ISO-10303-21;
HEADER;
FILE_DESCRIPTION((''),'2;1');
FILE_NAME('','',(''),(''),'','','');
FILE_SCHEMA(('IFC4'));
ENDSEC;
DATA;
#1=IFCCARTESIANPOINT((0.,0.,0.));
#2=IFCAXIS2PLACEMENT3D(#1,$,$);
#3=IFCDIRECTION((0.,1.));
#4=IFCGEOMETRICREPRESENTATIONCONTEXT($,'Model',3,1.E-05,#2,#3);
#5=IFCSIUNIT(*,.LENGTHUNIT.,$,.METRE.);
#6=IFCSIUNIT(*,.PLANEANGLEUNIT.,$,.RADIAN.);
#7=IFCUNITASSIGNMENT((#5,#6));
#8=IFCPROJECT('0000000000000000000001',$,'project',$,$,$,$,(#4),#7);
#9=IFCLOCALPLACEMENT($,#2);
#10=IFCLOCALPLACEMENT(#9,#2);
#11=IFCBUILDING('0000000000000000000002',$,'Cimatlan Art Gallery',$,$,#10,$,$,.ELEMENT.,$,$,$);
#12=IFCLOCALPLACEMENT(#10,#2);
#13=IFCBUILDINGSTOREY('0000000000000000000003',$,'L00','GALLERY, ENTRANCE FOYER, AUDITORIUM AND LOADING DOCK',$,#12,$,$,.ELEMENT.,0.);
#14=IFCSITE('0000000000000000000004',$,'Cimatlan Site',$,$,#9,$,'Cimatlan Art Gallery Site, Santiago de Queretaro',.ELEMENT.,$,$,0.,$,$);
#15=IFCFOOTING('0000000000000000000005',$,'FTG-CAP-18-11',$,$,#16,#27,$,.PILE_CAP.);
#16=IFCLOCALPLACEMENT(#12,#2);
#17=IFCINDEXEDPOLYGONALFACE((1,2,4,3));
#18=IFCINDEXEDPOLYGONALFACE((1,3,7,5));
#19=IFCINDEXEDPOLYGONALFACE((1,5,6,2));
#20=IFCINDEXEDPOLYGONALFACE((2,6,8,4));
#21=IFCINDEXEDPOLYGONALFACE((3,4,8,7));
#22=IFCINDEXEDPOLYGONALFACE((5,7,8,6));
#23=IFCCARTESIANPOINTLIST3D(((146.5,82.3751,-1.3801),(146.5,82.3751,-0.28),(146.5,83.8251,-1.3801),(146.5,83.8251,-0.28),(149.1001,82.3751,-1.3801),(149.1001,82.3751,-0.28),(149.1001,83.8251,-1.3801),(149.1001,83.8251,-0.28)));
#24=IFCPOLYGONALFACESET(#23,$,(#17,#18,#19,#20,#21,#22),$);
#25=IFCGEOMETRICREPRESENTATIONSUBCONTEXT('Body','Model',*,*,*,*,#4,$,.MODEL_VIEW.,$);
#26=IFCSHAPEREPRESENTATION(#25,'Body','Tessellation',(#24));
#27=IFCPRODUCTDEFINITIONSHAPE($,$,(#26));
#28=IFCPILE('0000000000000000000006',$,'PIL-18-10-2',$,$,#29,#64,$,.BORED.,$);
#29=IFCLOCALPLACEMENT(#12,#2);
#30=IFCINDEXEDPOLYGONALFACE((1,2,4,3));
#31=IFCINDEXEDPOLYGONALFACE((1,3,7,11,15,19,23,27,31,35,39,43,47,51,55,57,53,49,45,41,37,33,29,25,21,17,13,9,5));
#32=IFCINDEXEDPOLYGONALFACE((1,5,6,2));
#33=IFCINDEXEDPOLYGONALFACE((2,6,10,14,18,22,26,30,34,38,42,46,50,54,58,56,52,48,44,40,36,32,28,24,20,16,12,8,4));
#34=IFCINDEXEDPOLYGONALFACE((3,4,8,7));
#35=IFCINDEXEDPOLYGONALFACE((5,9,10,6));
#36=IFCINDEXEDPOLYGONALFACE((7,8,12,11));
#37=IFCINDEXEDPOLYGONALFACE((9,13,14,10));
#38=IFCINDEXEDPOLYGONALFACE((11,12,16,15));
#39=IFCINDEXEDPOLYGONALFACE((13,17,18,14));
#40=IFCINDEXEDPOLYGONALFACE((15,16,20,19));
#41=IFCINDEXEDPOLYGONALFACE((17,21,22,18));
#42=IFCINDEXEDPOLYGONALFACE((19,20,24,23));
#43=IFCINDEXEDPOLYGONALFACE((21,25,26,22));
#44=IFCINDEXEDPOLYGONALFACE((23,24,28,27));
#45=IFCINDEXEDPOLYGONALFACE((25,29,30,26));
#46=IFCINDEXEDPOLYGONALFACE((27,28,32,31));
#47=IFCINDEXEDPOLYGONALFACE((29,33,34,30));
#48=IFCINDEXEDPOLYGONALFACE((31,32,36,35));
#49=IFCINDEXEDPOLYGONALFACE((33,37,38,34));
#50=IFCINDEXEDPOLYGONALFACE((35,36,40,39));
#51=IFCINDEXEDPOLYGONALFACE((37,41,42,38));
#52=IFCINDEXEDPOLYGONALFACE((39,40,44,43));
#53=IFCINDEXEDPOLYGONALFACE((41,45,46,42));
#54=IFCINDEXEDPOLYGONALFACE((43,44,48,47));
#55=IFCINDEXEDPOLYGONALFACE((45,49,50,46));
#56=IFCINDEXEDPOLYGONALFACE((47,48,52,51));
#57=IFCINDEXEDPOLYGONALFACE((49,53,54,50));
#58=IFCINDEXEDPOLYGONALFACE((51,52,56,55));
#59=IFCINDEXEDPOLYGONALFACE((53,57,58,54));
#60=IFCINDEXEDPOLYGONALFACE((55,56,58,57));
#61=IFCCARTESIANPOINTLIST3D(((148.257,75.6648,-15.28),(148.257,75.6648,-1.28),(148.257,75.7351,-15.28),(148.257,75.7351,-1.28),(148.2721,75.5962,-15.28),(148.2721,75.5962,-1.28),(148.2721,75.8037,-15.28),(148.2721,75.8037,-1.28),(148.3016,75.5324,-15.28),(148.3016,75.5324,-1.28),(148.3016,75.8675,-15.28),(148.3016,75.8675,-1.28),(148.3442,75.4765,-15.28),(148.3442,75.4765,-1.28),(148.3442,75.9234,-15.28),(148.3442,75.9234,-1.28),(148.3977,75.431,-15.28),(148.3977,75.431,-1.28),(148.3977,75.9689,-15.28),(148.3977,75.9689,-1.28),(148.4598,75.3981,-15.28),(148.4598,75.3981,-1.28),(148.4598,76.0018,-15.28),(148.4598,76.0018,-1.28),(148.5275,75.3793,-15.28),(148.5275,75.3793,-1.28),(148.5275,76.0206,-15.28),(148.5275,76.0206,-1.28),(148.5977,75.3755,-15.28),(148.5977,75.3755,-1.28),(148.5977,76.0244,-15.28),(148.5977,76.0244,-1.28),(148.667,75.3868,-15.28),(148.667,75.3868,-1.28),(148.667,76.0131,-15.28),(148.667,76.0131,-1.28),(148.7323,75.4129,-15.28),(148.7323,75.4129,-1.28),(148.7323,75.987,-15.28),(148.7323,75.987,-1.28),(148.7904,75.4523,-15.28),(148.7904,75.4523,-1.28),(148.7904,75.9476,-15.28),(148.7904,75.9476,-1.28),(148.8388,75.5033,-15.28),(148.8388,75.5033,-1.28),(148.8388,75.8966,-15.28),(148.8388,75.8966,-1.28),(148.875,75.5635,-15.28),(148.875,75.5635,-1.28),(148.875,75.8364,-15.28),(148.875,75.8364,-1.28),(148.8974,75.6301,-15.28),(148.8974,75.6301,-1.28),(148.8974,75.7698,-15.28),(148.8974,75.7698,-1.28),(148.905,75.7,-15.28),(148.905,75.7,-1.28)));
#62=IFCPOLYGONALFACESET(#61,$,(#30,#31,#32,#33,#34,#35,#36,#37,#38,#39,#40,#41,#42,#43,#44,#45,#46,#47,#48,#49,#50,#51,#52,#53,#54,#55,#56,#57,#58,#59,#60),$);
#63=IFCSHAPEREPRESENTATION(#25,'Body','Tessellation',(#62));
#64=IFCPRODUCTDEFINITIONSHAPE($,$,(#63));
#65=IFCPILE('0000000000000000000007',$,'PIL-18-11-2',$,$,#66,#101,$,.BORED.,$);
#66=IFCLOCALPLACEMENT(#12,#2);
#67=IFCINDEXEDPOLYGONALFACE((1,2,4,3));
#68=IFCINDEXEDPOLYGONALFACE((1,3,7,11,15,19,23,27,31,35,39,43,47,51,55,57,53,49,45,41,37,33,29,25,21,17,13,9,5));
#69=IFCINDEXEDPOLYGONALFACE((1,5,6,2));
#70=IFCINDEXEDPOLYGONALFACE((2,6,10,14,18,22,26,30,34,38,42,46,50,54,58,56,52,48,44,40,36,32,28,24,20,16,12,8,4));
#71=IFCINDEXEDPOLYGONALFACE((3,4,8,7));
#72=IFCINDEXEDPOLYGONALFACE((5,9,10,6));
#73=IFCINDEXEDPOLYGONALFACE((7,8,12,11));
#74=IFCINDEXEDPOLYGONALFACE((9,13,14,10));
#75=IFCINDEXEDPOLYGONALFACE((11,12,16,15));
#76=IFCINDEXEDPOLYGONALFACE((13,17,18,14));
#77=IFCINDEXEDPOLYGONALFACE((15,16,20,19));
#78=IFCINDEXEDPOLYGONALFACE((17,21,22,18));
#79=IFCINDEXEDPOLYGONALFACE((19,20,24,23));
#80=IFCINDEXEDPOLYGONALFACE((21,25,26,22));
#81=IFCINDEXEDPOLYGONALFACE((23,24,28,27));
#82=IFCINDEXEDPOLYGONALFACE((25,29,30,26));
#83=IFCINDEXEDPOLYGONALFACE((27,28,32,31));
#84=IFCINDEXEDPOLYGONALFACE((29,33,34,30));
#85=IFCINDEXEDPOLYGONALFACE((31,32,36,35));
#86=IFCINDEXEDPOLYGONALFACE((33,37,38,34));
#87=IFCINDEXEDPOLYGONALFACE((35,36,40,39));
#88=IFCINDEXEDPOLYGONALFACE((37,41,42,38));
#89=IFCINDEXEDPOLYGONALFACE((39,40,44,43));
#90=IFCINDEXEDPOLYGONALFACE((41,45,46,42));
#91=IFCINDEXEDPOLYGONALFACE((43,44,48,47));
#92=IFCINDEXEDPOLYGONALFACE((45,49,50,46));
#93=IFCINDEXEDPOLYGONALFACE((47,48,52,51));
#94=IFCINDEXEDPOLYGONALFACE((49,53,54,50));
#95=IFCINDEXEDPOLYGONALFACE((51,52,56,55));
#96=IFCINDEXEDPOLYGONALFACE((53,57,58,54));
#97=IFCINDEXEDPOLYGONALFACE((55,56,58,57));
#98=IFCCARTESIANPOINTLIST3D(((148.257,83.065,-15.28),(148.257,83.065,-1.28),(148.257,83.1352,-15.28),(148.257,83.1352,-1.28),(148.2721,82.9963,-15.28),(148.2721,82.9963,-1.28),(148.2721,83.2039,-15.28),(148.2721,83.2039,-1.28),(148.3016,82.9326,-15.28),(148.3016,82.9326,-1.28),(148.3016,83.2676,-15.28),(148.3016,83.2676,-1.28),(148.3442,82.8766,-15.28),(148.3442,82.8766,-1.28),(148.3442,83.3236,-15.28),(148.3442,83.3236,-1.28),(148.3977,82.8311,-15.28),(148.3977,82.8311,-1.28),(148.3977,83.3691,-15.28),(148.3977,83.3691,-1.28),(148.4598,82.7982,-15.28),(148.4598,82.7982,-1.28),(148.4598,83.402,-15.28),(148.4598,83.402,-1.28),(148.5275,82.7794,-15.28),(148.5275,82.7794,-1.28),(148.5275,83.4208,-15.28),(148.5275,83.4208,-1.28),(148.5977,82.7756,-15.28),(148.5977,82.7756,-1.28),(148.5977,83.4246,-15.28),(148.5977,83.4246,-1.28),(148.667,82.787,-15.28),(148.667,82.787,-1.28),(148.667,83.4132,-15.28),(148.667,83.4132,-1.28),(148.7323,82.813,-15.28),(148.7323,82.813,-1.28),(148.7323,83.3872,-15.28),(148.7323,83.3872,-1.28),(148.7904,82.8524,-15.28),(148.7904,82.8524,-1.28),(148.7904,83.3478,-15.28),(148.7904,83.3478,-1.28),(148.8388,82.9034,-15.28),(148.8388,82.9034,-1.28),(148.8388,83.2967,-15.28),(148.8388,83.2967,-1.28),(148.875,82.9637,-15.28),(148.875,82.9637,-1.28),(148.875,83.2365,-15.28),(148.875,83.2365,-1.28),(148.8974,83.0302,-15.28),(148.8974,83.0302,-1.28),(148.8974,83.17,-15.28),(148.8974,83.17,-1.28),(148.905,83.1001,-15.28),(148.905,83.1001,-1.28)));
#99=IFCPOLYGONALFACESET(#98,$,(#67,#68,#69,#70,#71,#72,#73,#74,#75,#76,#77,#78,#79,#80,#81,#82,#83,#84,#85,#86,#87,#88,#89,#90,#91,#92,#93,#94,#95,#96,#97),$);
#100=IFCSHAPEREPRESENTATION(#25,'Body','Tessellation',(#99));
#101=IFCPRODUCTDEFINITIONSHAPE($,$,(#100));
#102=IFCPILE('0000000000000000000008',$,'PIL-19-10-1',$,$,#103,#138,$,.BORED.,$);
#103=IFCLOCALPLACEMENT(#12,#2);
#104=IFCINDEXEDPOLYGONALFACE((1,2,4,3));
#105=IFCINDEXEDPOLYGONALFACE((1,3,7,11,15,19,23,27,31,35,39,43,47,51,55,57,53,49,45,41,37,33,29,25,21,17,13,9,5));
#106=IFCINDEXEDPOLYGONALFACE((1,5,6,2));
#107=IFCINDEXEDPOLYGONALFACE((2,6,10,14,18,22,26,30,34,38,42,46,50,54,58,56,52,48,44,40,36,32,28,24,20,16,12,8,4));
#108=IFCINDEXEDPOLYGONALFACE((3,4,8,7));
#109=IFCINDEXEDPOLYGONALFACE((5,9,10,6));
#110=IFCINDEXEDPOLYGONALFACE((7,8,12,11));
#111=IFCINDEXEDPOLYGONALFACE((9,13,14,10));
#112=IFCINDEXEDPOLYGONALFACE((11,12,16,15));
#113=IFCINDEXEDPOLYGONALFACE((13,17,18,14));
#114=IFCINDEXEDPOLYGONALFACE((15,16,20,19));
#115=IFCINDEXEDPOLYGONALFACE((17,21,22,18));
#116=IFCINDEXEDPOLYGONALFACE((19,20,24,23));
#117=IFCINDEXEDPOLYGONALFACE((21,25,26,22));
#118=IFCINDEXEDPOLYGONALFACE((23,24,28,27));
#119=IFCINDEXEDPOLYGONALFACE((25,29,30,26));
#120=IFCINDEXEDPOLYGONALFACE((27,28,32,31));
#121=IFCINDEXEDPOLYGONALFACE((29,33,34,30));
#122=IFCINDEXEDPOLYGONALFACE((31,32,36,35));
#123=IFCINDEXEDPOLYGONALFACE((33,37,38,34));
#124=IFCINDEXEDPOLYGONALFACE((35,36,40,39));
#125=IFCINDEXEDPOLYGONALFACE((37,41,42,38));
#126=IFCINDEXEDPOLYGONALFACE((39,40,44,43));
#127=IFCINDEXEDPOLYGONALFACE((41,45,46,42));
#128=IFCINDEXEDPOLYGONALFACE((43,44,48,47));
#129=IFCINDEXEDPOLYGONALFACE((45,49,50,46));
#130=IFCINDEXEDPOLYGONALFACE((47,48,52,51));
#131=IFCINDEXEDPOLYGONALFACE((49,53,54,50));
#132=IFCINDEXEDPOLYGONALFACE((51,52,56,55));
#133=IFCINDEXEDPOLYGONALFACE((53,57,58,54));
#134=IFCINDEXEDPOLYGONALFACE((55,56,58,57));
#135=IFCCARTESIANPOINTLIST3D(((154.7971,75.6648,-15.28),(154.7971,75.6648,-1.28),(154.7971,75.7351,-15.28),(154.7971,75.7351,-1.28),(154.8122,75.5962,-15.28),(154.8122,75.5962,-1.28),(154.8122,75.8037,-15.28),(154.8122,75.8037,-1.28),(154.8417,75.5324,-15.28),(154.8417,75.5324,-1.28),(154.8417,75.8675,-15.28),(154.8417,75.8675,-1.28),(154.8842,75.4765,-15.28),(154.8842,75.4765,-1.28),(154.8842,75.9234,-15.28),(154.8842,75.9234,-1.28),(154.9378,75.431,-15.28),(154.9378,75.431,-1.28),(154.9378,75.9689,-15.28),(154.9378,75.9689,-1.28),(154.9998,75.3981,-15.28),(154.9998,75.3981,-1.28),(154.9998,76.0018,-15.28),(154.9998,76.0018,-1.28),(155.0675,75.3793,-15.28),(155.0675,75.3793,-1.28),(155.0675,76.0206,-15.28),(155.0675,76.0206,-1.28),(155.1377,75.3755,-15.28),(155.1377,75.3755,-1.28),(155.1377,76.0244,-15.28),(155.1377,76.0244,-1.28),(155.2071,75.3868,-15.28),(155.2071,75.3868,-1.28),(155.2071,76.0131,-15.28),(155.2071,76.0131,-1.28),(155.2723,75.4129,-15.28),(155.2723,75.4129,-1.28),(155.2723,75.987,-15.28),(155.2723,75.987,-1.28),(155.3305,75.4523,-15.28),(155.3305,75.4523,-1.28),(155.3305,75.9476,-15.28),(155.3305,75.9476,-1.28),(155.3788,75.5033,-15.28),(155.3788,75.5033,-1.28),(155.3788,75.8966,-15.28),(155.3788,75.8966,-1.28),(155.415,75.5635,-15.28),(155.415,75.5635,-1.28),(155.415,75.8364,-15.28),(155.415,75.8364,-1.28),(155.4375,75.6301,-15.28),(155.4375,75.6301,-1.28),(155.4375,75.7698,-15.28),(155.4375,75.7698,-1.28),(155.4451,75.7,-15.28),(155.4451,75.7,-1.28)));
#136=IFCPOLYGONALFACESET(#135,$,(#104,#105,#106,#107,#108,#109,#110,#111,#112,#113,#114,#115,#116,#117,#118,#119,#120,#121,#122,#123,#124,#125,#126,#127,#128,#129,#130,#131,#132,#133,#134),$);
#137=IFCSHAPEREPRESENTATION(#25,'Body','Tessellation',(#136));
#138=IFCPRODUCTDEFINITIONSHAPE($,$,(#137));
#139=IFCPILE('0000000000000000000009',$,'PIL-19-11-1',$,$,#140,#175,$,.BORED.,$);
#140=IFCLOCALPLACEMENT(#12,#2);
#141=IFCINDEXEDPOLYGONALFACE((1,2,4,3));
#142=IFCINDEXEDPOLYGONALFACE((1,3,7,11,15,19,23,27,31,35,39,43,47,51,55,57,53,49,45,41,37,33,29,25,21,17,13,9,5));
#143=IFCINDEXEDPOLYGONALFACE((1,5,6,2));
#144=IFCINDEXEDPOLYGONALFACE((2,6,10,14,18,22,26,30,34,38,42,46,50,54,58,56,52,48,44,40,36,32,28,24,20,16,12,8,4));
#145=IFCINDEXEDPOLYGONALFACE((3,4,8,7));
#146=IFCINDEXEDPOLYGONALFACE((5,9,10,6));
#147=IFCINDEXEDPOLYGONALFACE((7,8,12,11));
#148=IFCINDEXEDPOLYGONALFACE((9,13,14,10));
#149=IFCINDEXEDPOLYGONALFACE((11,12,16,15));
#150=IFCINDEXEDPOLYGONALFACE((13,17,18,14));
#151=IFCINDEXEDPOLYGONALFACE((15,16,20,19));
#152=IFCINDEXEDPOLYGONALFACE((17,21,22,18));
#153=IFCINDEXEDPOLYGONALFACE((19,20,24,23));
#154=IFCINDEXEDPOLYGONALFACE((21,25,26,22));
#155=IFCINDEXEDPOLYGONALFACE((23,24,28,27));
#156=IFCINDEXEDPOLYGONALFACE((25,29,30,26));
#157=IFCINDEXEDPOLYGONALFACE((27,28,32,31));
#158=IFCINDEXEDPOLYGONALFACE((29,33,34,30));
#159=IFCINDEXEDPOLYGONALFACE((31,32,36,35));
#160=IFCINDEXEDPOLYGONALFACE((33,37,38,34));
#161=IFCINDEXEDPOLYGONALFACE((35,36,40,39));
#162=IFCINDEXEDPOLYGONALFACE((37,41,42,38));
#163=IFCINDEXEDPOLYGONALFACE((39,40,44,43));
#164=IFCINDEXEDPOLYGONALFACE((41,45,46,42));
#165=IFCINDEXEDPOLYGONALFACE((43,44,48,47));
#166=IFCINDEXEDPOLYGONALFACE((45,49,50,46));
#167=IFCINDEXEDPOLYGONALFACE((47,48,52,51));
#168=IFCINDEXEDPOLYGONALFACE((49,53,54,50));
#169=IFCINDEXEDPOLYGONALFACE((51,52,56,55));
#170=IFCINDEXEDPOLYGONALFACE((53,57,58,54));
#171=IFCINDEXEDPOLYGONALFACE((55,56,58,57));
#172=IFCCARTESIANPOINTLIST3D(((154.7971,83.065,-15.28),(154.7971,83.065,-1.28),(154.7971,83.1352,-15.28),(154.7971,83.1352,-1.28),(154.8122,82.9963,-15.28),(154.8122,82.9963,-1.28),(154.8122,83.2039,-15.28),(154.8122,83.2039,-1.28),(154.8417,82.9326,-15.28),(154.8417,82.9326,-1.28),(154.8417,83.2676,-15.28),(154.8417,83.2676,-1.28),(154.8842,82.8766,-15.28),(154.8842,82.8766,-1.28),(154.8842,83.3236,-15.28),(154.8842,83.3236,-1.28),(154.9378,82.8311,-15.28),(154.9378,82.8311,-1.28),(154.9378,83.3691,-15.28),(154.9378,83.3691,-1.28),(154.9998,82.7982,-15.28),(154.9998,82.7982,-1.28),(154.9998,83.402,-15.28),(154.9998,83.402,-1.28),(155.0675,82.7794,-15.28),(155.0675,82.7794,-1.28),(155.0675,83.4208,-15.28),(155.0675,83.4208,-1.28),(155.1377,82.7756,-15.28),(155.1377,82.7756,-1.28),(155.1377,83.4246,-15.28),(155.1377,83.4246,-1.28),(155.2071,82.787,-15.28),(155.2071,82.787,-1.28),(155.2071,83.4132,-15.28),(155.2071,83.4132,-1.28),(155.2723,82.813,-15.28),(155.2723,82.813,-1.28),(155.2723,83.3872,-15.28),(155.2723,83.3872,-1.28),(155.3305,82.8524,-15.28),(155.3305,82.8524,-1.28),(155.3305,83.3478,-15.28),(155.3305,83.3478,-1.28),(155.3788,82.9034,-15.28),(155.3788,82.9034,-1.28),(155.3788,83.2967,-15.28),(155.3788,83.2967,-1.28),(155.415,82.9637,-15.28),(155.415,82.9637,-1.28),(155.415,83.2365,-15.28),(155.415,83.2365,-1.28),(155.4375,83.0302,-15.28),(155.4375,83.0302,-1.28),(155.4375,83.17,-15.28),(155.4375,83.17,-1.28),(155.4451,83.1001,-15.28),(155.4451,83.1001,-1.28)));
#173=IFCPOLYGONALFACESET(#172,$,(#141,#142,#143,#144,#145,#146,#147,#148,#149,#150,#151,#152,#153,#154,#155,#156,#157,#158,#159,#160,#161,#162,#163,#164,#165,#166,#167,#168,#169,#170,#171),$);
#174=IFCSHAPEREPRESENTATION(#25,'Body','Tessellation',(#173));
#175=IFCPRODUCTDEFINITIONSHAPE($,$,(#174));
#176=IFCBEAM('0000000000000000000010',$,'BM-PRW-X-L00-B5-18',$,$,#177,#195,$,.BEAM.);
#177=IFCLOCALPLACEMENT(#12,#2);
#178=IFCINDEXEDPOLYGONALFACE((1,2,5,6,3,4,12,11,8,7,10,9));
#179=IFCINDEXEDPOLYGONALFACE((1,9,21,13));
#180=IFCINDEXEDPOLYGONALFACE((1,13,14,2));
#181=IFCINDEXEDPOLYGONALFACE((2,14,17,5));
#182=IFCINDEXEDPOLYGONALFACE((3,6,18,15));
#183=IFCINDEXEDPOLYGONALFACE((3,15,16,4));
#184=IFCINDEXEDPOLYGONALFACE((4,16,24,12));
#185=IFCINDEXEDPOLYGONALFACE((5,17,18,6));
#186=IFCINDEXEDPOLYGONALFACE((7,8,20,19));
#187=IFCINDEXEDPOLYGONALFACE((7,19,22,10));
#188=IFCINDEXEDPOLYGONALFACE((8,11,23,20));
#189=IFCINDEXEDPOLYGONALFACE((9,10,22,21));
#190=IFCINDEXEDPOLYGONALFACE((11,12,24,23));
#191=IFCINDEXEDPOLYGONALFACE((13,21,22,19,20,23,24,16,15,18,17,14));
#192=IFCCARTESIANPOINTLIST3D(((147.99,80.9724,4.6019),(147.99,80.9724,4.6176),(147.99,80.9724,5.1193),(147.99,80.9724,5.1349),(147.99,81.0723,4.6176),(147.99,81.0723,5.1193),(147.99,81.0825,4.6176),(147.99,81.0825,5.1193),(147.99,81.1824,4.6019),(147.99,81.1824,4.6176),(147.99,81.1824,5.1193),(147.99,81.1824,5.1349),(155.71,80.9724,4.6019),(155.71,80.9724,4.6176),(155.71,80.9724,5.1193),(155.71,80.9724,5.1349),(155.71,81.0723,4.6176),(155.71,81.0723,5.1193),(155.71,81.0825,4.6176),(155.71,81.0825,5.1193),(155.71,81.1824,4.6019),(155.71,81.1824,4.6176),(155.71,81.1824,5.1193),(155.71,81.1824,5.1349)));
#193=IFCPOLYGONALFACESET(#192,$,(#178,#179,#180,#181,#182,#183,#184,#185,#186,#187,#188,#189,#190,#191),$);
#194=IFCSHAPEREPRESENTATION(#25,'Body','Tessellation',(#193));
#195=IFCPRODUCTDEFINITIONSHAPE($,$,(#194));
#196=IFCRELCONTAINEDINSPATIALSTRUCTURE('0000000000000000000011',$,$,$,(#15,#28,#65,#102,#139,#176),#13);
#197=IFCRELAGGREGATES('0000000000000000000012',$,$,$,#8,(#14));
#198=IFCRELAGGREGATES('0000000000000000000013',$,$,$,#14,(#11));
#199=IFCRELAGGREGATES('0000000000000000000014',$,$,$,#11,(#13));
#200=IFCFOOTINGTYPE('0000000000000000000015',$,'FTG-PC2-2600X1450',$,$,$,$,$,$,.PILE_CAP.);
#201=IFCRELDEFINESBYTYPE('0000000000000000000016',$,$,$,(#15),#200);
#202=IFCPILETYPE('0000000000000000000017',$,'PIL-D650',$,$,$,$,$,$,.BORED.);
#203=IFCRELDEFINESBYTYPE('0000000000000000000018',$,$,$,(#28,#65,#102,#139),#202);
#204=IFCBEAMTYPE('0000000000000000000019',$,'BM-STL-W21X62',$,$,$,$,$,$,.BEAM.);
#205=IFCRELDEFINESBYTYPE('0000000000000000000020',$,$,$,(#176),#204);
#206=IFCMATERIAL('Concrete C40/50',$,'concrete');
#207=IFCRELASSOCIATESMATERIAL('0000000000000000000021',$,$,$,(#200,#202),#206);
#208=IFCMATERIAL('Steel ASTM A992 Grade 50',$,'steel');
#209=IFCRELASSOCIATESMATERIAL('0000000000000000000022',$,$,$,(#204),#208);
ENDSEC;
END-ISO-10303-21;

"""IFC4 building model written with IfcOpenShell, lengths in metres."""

from ifc_helpers import new_model, si_unit, direction, frame, origin, origin_2d, place, context, subcontext, project, spatial, rectangle, circle, i_section, extrude, material, material_profile, profile_set, type_object, element, save


model = new_model("IFC4")

# Units and contexts
model_context = context("Model", 3, precision=1e-05, world=origin(), true_north=direction((0.0, 1.0)))
body_context = subcontext(model_context, "Body", "Model", "MODEL_VIEW")
ifc_project = project(units=[si_unit("LENGTHUNIT", "METRE"), si_unit("PLANEANGLEUNIT", "RADIAN")], contexts=[model_context])

# Site, building, storey
site_placement = place(None, origin())
site = spatial("IfcSite", under=ifc_project, at=site_placement, Name="Cimatlan Site", LongName="Cimatlan Art Gallery Site, Santiago de Queretaro", CompositionType="ELEMENT", RefElevation=0.0)
building_placement = place(site_placement, origin())
building = spatial("IfcBuilding", under=site, at=building_placement, Name="Cimatlan Art Gallery", CompositionType="ELEMENT")
storey_placement = place(building_placement, origin())
storey = spatial("IfcBuildingStorey", under=building, at=storey_placement, Name="L00", Description="GALLERY, ENTRANCE FOYER, AUDITORIUM AND LOADING DOCK", CompositionType="ELEMENT", Elevation=0.0)

# Footing
ifc_material_1 = material(Name="Concrete C40/50", Category="concrete")
footing_type = type_object("IfcFootingType", Name="FTG-PC2-2600X1450", PredefinedType="PILE_CAP", material=ifc_material_1)
footing_placement = place(storey_placement, frame((147.8, 83.1001, -1.3801), z_axis=(0.0, 0.0, 1.0), x_axis=(1.0, 0.0, 0.0)))
element("IfcFooting", 1, at=footing_placement, inside=storey, type_object=footing_type, Name="FTG-CAP-18-11", PredefinedType="PILE_CAP", context=body_context, shape_type="SweptSolid", body=[
    extrude(rectangle(XDim=2.6001, YDim=1.45, at=origin_2d()), origin(), (0.0, 0.0, 1.0), 1.1001),
])

# Piles
pile_type = type_object("IfcPileType", Name="PIL-D650", PredefinedType="BORED", material=ifc_material_1)
for number, where, z_axis, x_axis, name in (
    (2, (148.5801, 75.7, -1.28), (0.0, 0.0, -1.0), (1.0, 0.0, 0.0), "PIL-18-10-2"),
    (3, (148.5801, 83.1001, -1.28), (0.0, 0.0, -1.0), (1.0, 0.0, 0.0), "PIL-18-11-2"),
    (4, (155.1201, 75.7, -1.28), (0.0, 0.0, -1.0), (1.0, 0.0, 0.0), "PIL-19-10-1"),
    (5, (155.1201, 83.1001, -1.28), (0.0, 0.0, -1.0), (1.0, 0.0, 0.0), "PIL-19-11-1"),
):
    element("IfcPile", number, at=place(storey_placement, frame(where, z_axis=z_axis, x_axis=x_axis)), inside=storey, type_object=pile_type, Name=name, PredefinedType="BORED", context=body_context, shape_type="SweptSolid", body=[
        extrude(circle(Radius=0.325, at=origin_2d()), origin(), (0.0, 0.0, 1.0), 14.0),
    ])

# Beam
ifc_material_2 = material(Name="Steel ASTM A992 Grade 50", Category="steel")
ifc_material_profile_1 = material_profile(ifc_material_2, i_section(OverallWidth=0.21, OverallDepth=0.533, WebThickness=0.0103, FlangeThickness=0.0156, at=origin_2d()), Name="W21X62")
ifc_profile_set_1 = profile_set([ifc_material_profile_1], Name="Steel ASTM A992 Grade 50")
beam_type = type_object("IfcBeamType", Name="BM-STL-W21X62", PredefinedType="BEAM", material=ifc_profile_set_1)
beam_1_placement = place(storey_placement, frame((147.99, 81.0774, 4.8684), z_axis=(1.0, 0.0, 0.0), x_axis=(0.0, 1.0, 0.0)))
element("IfcBeam", 6, at=beam_1_placement, inside=storey, type_object=beam_type, Name="BM-PRW-X-L00-B5-18", PredefinedType="BEAM", context=body_context, shape_type="SweptSolid", body=[
    extrude(i_section(OverallWidth=0.21, OverallDepth=0.533, WebThickness=0.0103, FlangeThickness=0.0156, at=origin_2d()), origin(), (0.0, 0.0, 1.0), 7.72),
])

save(model, "model.ifc")
